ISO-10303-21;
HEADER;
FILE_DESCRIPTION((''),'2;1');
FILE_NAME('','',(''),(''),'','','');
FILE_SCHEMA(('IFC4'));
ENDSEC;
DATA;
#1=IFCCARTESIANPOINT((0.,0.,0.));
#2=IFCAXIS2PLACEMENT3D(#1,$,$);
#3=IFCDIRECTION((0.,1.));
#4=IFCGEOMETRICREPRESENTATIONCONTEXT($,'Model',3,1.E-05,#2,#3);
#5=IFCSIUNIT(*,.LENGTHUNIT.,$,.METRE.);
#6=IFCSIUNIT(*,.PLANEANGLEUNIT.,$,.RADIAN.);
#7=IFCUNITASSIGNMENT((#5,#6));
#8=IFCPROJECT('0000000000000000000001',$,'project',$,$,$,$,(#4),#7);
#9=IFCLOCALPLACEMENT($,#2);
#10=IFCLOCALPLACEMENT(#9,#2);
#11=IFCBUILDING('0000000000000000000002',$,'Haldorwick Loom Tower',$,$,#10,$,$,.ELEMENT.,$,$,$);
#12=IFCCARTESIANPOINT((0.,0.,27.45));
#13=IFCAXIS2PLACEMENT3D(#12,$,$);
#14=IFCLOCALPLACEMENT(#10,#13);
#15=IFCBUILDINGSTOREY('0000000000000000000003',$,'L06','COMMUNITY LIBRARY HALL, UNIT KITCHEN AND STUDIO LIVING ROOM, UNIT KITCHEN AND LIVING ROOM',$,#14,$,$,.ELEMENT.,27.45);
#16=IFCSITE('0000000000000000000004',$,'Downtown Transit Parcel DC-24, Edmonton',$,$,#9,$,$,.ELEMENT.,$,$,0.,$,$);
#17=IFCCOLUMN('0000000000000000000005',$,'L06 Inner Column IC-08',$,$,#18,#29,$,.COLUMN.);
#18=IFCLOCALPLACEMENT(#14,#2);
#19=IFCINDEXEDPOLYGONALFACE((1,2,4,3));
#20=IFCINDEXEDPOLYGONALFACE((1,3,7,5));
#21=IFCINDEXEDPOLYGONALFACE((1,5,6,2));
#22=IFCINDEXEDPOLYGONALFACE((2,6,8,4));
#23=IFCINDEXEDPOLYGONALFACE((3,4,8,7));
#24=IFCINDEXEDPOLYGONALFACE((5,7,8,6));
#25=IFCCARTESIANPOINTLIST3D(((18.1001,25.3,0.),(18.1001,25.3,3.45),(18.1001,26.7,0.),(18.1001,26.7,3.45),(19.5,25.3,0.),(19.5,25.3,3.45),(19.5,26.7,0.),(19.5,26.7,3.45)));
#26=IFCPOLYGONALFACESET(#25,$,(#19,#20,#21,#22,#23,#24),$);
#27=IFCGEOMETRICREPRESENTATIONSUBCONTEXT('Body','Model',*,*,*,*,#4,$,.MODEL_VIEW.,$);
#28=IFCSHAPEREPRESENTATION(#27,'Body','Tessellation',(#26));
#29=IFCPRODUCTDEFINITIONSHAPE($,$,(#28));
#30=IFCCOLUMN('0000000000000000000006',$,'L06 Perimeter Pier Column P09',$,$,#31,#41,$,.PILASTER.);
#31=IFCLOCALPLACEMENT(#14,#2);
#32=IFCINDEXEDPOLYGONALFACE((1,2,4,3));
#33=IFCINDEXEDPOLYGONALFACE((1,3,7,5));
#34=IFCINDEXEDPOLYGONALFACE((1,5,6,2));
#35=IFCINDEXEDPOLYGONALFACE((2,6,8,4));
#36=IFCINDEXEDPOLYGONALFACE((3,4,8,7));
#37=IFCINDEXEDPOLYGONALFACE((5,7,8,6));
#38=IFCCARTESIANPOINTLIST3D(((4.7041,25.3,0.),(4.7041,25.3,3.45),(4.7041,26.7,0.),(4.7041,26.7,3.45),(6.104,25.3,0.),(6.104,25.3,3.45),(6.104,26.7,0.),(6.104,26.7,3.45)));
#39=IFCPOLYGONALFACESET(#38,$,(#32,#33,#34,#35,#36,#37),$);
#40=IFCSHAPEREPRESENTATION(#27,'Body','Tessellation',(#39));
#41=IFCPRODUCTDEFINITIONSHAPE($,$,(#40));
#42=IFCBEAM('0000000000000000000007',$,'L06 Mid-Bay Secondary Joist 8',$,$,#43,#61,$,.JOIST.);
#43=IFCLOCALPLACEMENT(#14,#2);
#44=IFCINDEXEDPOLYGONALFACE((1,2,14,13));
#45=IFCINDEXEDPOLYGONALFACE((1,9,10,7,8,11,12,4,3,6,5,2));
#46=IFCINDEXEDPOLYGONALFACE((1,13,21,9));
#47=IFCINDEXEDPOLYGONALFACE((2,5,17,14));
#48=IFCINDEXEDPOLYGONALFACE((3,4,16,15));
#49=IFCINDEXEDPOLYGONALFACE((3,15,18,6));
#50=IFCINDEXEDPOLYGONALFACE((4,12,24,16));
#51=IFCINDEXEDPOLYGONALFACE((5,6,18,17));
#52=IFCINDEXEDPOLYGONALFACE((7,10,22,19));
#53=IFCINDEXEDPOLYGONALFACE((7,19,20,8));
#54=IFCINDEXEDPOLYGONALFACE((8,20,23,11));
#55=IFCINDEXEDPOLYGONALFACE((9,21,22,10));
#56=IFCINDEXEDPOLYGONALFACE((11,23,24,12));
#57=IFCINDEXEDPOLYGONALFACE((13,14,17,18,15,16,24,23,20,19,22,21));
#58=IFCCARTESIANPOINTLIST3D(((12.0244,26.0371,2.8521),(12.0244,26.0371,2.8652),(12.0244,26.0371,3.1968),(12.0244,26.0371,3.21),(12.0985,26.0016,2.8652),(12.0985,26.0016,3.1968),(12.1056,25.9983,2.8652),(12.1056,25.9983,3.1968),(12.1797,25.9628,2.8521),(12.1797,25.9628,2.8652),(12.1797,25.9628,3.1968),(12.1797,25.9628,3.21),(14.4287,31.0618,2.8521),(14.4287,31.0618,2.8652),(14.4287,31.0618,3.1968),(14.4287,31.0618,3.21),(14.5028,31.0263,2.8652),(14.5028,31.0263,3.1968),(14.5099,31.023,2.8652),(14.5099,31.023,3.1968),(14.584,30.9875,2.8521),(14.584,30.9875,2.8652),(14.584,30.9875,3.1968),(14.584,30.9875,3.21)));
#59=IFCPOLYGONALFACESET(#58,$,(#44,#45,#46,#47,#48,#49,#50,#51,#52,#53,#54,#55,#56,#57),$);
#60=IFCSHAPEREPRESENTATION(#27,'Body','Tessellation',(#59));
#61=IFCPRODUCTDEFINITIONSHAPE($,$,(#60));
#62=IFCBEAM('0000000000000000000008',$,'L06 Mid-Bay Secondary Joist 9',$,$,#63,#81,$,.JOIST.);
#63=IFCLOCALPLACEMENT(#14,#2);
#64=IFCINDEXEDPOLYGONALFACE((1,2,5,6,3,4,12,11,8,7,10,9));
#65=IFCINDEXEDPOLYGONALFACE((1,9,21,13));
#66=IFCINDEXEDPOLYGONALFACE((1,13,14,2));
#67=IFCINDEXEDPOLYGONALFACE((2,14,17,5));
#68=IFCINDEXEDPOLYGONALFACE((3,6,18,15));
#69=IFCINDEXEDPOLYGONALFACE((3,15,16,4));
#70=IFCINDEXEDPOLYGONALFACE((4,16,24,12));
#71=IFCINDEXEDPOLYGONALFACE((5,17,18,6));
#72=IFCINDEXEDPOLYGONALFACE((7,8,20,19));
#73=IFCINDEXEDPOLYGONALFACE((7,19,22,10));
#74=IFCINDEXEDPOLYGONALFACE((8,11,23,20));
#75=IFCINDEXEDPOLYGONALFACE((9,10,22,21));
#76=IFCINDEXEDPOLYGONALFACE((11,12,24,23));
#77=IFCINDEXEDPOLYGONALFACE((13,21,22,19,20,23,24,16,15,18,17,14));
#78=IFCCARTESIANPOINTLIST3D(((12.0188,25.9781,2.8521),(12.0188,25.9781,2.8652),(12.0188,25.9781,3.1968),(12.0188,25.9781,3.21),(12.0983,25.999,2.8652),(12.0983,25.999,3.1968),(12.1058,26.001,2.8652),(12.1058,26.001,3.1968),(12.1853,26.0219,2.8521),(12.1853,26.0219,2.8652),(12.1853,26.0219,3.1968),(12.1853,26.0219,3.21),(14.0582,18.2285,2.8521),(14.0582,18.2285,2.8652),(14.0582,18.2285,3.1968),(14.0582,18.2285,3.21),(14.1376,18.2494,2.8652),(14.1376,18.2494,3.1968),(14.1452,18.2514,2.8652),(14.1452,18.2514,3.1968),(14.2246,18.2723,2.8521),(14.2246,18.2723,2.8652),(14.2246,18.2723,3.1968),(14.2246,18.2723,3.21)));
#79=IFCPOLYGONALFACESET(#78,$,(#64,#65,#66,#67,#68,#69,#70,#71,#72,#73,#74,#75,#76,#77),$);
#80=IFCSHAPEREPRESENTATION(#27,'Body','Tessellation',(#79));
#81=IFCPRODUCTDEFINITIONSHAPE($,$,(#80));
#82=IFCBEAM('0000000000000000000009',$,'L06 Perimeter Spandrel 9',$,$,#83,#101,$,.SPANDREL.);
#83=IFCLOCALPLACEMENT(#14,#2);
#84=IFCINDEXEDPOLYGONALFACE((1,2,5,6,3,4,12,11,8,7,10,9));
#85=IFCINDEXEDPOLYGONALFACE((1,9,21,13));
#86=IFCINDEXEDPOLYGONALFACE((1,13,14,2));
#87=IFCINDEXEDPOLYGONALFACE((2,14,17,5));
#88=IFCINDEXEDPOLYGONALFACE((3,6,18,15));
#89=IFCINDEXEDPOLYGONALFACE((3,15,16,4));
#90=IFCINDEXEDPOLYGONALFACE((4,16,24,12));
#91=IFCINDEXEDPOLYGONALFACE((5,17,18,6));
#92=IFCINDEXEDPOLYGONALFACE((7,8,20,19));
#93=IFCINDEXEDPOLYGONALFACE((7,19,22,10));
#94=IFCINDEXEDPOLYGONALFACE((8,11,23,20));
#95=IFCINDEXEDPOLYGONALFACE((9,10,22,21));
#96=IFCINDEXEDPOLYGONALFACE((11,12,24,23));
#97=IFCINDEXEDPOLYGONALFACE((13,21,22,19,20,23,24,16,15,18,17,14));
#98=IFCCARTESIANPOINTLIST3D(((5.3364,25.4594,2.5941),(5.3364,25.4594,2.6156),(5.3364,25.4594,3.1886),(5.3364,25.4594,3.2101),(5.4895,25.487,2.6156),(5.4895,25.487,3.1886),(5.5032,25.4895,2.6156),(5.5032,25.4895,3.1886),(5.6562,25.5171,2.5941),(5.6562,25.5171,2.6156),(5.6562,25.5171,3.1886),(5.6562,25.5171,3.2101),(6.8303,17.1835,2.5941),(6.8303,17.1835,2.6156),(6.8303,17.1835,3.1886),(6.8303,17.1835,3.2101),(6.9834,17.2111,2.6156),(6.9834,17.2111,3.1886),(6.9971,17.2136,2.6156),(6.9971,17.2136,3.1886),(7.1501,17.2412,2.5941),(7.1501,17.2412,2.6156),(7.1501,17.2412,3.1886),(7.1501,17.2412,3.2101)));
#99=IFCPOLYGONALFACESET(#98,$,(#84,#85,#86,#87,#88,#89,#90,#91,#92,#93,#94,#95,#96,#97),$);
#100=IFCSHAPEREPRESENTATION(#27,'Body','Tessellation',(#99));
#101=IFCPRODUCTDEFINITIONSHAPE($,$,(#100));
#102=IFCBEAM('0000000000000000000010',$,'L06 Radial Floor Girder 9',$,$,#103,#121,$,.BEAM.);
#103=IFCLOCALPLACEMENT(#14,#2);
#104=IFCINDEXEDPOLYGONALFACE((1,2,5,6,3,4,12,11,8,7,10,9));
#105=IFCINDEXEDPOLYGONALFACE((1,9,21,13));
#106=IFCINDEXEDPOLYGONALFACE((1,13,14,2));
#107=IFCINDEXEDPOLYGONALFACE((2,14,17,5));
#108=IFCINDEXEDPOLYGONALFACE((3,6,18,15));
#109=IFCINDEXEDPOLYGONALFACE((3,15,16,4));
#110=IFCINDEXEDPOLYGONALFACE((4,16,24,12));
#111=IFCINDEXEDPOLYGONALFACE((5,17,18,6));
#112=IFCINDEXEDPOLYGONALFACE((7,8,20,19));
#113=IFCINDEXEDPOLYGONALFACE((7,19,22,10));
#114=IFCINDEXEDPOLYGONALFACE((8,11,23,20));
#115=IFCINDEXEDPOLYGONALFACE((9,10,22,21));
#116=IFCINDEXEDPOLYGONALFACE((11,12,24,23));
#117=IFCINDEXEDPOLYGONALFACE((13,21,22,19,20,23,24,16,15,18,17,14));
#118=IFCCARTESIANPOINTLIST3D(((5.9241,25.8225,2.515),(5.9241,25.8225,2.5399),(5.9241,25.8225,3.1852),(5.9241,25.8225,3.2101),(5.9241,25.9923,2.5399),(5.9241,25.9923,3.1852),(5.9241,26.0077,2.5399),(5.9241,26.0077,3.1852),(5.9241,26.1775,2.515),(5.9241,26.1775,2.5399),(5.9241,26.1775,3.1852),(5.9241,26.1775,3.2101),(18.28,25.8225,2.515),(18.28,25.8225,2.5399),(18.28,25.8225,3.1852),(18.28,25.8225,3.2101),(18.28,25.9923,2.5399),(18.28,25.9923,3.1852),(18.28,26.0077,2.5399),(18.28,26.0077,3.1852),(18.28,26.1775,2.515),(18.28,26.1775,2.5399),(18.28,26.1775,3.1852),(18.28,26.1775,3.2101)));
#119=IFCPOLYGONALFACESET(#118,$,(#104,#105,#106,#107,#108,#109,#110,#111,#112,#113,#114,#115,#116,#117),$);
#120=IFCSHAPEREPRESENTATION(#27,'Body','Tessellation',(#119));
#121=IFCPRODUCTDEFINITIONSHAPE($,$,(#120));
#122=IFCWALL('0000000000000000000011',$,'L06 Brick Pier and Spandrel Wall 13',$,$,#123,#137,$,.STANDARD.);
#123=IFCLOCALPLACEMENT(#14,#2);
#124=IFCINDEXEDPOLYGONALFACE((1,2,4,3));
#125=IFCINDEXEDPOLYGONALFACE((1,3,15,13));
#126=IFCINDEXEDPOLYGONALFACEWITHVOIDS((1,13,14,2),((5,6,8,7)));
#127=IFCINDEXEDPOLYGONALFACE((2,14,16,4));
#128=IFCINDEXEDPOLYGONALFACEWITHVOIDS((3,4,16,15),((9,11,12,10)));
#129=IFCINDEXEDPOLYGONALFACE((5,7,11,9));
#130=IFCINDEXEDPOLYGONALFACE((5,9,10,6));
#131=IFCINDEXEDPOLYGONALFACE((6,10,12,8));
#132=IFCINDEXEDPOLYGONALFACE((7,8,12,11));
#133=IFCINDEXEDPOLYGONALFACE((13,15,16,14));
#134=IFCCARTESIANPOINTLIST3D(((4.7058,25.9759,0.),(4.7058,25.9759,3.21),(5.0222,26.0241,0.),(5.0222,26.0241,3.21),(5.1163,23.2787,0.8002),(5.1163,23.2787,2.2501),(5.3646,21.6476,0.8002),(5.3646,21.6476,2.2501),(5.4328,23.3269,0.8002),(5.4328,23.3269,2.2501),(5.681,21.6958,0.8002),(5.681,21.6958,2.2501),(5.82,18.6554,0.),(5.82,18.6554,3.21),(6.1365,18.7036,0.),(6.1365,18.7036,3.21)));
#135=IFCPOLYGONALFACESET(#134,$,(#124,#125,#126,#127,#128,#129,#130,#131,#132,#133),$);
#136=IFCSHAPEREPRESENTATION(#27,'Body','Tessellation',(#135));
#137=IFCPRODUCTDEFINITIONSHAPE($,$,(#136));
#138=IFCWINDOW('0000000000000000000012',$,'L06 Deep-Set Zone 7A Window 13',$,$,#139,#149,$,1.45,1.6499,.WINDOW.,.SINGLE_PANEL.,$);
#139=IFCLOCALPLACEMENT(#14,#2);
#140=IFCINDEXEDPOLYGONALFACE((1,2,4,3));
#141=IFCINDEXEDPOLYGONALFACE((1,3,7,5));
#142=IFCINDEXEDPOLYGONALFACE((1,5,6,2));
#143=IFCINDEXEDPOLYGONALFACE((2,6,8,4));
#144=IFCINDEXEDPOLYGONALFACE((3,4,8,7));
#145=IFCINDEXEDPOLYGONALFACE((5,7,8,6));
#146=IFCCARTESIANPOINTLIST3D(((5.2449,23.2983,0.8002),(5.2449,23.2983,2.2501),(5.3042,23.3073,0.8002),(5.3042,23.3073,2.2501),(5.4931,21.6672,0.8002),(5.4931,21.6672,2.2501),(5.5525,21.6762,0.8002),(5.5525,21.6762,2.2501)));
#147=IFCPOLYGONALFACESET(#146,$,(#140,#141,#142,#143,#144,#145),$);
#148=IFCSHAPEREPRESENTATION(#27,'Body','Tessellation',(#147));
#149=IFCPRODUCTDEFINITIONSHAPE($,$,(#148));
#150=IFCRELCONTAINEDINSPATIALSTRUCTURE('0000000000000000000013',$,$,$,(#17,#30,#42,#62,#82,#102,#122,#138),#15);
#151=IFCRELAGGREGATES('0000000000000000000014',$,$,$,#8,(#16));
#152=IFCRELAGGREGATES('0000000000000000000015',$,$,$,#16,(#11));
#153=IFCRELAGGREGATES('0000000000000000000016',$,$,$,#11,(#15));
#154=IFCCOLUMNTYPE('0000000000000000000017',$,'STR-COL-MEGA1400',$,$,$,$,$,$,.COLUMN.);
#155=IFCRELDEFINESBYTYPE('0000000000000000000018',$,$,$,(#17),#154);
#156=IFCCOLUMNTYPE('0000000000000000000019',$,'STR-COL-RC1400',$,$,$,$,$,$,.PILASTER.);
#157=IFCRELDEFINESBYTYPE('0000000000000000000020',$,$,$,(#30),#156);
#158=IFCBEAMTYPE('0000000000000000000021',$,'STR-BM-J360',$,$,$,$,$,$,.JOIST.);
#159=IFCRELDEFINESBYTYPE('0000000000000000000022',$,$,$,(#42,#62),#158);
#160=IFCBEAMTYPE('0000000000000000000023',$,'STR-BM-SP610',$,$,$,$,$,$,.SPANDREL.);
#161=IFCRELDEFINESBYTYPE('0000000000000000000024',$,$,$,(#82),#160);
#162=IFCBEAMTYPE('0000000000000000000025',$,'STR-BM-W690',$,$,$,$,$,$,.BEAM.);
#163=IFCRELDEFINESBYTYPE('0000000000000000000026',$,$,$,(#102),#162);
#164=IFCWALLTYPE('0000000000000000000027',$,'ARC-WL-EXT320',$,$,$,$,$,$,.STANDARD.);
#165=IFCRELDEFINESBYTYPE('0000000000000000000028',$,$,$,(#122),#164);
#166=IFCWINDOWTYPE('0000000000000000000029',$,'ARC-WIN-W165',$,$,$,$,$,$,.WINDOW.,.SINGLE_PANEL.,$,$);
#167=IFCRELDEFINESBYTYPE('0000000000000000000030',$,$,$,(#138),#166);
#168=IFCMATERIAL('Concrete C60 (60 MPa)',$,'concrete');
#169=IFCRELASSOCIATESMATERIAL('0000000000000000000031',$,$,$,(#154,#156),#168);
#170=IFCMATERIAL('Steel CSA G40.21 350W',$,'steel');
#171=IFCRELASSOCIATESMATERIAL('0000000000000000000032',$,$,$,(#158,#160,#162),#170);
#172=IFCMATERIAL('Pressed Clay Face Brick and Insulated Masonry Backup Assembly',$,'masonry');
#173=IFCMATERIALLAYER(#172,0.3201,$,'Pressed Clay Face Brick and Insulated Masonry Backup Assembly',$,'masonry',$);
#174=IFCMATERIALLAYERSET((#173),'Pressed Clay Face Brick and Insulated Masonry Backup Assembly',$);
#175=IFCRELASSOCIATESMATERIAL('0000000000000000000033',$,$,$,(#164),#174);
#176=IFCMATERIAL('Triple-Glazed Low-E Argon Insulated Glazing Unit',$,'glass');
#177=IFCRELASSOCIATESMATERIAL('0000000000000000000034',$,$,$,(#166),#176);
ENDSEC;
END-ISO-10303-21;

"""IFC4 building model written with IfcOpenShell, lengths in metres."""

from ifc_helpers import new_model, si_unit, direction, frame, frame_2d, origin, origin_2d, place, context, subcontext, project, spatial, rectangle, i_section, extrude, material, layer, layer_set, material_profile, profile_set, type_object, element, fill, save


model = new_model("IFC4")

# Units and contexts
model_context = context("Model", 3, precision=1e-05, world=origin(), true_north=direction((0.0, 1.0)))
body_context = subcontext(model_context, "Body", "Model", "MODEL_VIEW")
ifc_project = project(units=[si_unit("LENGTHUNIT", "METRE"), si_unit("PLANEANGLEUNIT", "RADIAN")], contexts=[model_context])

# Site, building, storey
site_placement = place(None, origin())
site = spatial("IfcSite", under=ifc_project, at=site_placement, Name="Downtown Transit Parcel DC-24, Edmonton", CompositionType="ELEMENT", RefElevation=0.0)
building_placement = place(site_placement, origin())
building = spatial("IfcBuilding", under=site, at=building_placement, Name="Haldorwick Loom Tower", CompositionType="ELEMENT")
storey_placement = place(building_placement, frame((0.0, 0.0, 27.45)))
storey = spatial("IfcBuildingStorey", under=building, at=storey_placement, Name="L06", Description="COMMUNITY LIBRARY HALL, UNIT KITCHEN AND STUDIO LIVING ROOM, UNIT KITCHEN AND LIVING ROOM", CompositionType="ELEMENT", Elevation=27.45)

# Columns
ifc_material_1 = material(Name="Concrete C60 (60 MPa)", Category="concrete")
ifc_material_profile_1 = material_profile(ifc_material_1, rectangle(XDim=1.3999, YDim=1.3999, at=origin_2d()), Name="RC1400X1400", Category="concrete")
ifc_profile_set_1 = profile_set([ifc_material_profile_1], Name="Concrete C60 (60 MPa)")
column_type_1 = type_object("IfcColumnType", Name="STR-COL-MEGA1400", PredefinedType="COLUMN", material=ifc_profile_set_1)
column_1_placement = place(storey_placement, frame((18.8, 26.0, 0.0), z_axis=(0.0, 0.0, 1.0), x_axis=(1.0, 0.0, 0.0)))
element("IfcColumn", 1, at=column_1_placement, inside=storey, type_object=column_type_1, Name="L06 Inner Column IC-08", PredefinedType="COLUMN", context=body_context, shape_type="SweptSolid", body=[
    extrude(rectangle(XDim=1.3999, YDim=1.3999, at=origin_2d()), origin(), (0.0, 0.0, 1.0), 3.45),
])
ifc_material_profile_2 = material_profile(ifc_material_1, rectangle(XDim=1.3999, YDim=1.3999, at=origin_2d()), Name="RC1400X1400", Category="concrete")
ifc_profile_set_2 = profile_set([ifc_material_profile_2], Name="Concrete C60 (60 MPa)")
column_type_2 = type_object("IfcColumnType", Name="STR-COL-RC1400", PredefinedType="PILASTER", material=ifc_profile_set_2)
column_2_placement = place(storey_placement, frame((5.4041, 26.0, 0.0), z_axis=(0.0, 0.0, 1.0), x_axis=(-1.0, 0.0, 0.0)))
element("IfcColumn", 2, at=column_2_placement, inside=storey, type_object=column_type_2, Name="L06 Perimeter Pier Column P09", PredefinedType="PILASTER", context=body_context, shape_type="SweptSolid", body=[
    extrude(rectangle(XDim=1.3999, YDim=1.3999, at=origin_2d()), origin(), (0.0, 0.0, 1.0), 3.45),
])

# Beams
ifc_material_2 = material(Name="Steel CSA G40.21 350W", Category="steel")
ifc_material_profile_3 = material_profile(ifc_material_2, i_section(OverallWidth=0.1721, OverallDepth=0.3579, WebThickness=0.0078, FlangeThickness=0.0132, at=origin_2d()), Name="W360X57", Category="steel")
ifc_profile_set_3 = profile_set([ifc_material_profile_3], Name="Steel CSA G40.21 350W")
beam_type_1 = type_object("IfcBeamType", Name="STR-BM-J360", PredefinedType="JOIST", material=ifc_profile_set_3)
beam_1_placement = place(storey_placement, frame((14.5063, 31.0247, 3.031), z_axis=(-0.431631, -0.90205, 0.0), x_axis=(0.90205, -0.431631, 0.0)))
element("IfcBeam", 3, at=beam_1_placement, inside=storey, type_object=beam_type_1, Name="L06 Mid-Bay Secondary Joist 8", PredefinedType="JOIST", context=body_context, shape_type="SweptSolid", body=[
    extrude(i_section(OverallWidth=0.1721, OverallDepth=0.3579, WebThickness=0.0078, FlangeThickness=0.0132, at=origin_2d()), origin(), (0.0, 0.0, 1.0), 5.5703),
])
beam_2_placement = place(storey_placement, frame((12.1021, 26.0, 3.031), z_axis=(0.254489, -0.967076, 0.0), x_axis=(0.967076, 0.254489, 0.0)))
element("IfcBeam", 4, at=beam_2_placement, inside=storey, type_object=beam_type_1, Name="L06 Mid-Bay Secondary Joist 9", PredefinedType="JOIST", context=body_context, shape_type="SweptSolid", body=[
    extrude(i_section(OverallWidth=0.1721, OverallDepth=0.3579, WebThickness=0.0078, FlangeThickness=0.0132, at=origin_2d()), origin(), (0.0, 0.0, 1.0), 8.0134),
])
ifc_material_profile_4 = material_profile(ifc_material_2, i_section(OverallWidth=0.325, OverallDepth=0.616, WebThickness=0.0139, FlangeThickness=0.0215, at=origin_2d()), Name="W610X174", Category="steel")
ifc_profile_set_4 = profile_set([ifc_material_profile_4], Name="Steel CSA G40.21 350W")
beam_type_2 = type_object("IfcBeamType", Name="STR-BM-SP610", PredefinedType="SPANDREL", material=ifc_profile_set_4)
beam_3_placement = place(storey_placement, frame((5.4963, 25.4883, 2.9021), z_axis=(0.177641, -0.984095, 0.0), x_axis=(0.984095, 0.177641, 0.0)))
element("IfcBeam", 5, at=beam_3_placement, inside=storey, type_object=beam_type_2, Name="L06 Perimeter Spandrel 9", PredefinedType="SPANDREL", context=body_context, shape_type="SweptSolid", body=[
    extrude(i_section(OverallWidth=0.325, OverallDepth=0.616, WebThickness=0.0139, FlangeThickness=0.0215, at=origin_2d()), origin(), (0.0, 0.0, 1.0), 8.4097),
])
ifc_material_profile_5 = material_profile(ifc_material_2, i_section(OverallWidth=0.355, OverallDepth=0.6951, WebThickness=0.0154, FlangeThickness=0.0249, at=origin_2d()), Name="W690X217", Category="steel")
ifc_profile_set_5 = profile_set([ifc_material_profile_5], Name="Steel CSA G40.21 350W")
beam_type_3 = type_object("IfcBeamType", Name="STR-BM-W690", PredefinedType="BEAM", material=ifc_profile_set_5)
beam_4_placement = place(storey_placement, frame((18.28, 26.0, 2.8625), z_axis=(-1.0, 0.0, 0.0), x_axis=(0.0, -1.0, 0.0)))
element("IfcBeam", 6, at=beam_4_placement, inside=storey, type_object=beam_type_3, Name="L06 Radial Floor Girder 9", PredefinedType="BEAM", context=body_context, shape_type="SweptSolid", body=[
    extrude(i_section(OverallWidth=0.355, OverallDepth=0.6951, WebThickness=0.0154, FlangeThickness=0.0249, at=origin_2d()), origin(), (0.0, 0.0, 1.0), 12.356),
])

# Wall, opening, window
ifc_material_3 = material(Name="Pressed Clay Face Brick and Insulated Masonry Backup Assembly", Category="masonry")
ifc_layer_1 = layer(ifc_material_3, 0.3201, Name="Pressed Clay Face Brick and Insulated Masonry Backup Assembly", Category="masonry")
ifc_layer_set_1 = layer_set([ifc_layer_1], Name="Pressed Clay Face Brick and Insulated Masonry Backup Assembly")
wall_type_1 = type_object("IfcWallType", Name="ARC-WL-EXT320", PredefinedType="STANDARD", material=ifc_layer_set_1)
wall_1_placement = place(storey_placement, frame((4.864, 26.0, 0.0), z_axis=(0.0, 0.0, 1.0), x_axis=(0.150476, -0.988614, 0.0)))
wall_1 = element("IfcWall", 7, at=wall_1_placement, inside=storey, type_object=wall_type_1, Name="L06 Brick Pier and Spandrel Wall 13", PredefinedType="STANDARD", context=body_context, shape_type="SweptSolid", body=[
    extrude(rectangle(XDim=7.4048, YDim=0.3201, at=frame_2d((3.7024, 0.0))), origin(), (0.0, 0.0, 1.0), 3.21),
])
opening_1_placement = place(wall_1_placement, frame((2.7283, 0.0, 0.8)))
opening_1 = element("IfcOpeningElement", 8, at=opening_1_placement, cuts=wall_1, PredefinedType="OPENING", context=body_context, shape_type="SweptSolid", body=[
    extrude(rectangle(XDim=1.6499, YDim=1.45, at=frame_2d((0.825, 0.7251))), frame((0.0, 0.1699, 0.0), z_axis=(0.0, -1.0, 0.0), x_axis=(1.0, 0.0, 0.0)), (0.0, 0.0, 1.0), 0.3401),
])
ifc_material_4 = material(Name="Triple-Glazed Low-E Argon Insulated Glazing Unit", Category="glass")
window_type = type_object("IfcWindowType", Name="ARC-WIN-W165", PartitioningType="SINGLE_PANEL", PredefinedType="WINDOW", material=ifc_material_4)
window_placement = place(opening_1_placement, origin())
window = element("IfcWindow", 9, at=window_placement, inside=storey, type_object=window_type, Name="L06 Deep-Set Zone 7A Window 13", OverallHeight=1.45, OverallWidth=1.6499, PartitioningType="SINGLE_PANEL", PredefinedType="WINDOW", context=body_context, shape_type="SweptSolid", body=[
    extrude(rectangle(XDim=1.6499, YDim=1.45, at=frame_2d((0.825, 0.7251))), frame((0.0, 0.03, 0.0), z_axis=(0.0, -1.0, 0.0), x_axis=(1.0, 0.0, 0.0)), (0.0, 0.0, 1.0), 0.0601),
])
fill(opening_1, window)

save(model, "model.ifc")
